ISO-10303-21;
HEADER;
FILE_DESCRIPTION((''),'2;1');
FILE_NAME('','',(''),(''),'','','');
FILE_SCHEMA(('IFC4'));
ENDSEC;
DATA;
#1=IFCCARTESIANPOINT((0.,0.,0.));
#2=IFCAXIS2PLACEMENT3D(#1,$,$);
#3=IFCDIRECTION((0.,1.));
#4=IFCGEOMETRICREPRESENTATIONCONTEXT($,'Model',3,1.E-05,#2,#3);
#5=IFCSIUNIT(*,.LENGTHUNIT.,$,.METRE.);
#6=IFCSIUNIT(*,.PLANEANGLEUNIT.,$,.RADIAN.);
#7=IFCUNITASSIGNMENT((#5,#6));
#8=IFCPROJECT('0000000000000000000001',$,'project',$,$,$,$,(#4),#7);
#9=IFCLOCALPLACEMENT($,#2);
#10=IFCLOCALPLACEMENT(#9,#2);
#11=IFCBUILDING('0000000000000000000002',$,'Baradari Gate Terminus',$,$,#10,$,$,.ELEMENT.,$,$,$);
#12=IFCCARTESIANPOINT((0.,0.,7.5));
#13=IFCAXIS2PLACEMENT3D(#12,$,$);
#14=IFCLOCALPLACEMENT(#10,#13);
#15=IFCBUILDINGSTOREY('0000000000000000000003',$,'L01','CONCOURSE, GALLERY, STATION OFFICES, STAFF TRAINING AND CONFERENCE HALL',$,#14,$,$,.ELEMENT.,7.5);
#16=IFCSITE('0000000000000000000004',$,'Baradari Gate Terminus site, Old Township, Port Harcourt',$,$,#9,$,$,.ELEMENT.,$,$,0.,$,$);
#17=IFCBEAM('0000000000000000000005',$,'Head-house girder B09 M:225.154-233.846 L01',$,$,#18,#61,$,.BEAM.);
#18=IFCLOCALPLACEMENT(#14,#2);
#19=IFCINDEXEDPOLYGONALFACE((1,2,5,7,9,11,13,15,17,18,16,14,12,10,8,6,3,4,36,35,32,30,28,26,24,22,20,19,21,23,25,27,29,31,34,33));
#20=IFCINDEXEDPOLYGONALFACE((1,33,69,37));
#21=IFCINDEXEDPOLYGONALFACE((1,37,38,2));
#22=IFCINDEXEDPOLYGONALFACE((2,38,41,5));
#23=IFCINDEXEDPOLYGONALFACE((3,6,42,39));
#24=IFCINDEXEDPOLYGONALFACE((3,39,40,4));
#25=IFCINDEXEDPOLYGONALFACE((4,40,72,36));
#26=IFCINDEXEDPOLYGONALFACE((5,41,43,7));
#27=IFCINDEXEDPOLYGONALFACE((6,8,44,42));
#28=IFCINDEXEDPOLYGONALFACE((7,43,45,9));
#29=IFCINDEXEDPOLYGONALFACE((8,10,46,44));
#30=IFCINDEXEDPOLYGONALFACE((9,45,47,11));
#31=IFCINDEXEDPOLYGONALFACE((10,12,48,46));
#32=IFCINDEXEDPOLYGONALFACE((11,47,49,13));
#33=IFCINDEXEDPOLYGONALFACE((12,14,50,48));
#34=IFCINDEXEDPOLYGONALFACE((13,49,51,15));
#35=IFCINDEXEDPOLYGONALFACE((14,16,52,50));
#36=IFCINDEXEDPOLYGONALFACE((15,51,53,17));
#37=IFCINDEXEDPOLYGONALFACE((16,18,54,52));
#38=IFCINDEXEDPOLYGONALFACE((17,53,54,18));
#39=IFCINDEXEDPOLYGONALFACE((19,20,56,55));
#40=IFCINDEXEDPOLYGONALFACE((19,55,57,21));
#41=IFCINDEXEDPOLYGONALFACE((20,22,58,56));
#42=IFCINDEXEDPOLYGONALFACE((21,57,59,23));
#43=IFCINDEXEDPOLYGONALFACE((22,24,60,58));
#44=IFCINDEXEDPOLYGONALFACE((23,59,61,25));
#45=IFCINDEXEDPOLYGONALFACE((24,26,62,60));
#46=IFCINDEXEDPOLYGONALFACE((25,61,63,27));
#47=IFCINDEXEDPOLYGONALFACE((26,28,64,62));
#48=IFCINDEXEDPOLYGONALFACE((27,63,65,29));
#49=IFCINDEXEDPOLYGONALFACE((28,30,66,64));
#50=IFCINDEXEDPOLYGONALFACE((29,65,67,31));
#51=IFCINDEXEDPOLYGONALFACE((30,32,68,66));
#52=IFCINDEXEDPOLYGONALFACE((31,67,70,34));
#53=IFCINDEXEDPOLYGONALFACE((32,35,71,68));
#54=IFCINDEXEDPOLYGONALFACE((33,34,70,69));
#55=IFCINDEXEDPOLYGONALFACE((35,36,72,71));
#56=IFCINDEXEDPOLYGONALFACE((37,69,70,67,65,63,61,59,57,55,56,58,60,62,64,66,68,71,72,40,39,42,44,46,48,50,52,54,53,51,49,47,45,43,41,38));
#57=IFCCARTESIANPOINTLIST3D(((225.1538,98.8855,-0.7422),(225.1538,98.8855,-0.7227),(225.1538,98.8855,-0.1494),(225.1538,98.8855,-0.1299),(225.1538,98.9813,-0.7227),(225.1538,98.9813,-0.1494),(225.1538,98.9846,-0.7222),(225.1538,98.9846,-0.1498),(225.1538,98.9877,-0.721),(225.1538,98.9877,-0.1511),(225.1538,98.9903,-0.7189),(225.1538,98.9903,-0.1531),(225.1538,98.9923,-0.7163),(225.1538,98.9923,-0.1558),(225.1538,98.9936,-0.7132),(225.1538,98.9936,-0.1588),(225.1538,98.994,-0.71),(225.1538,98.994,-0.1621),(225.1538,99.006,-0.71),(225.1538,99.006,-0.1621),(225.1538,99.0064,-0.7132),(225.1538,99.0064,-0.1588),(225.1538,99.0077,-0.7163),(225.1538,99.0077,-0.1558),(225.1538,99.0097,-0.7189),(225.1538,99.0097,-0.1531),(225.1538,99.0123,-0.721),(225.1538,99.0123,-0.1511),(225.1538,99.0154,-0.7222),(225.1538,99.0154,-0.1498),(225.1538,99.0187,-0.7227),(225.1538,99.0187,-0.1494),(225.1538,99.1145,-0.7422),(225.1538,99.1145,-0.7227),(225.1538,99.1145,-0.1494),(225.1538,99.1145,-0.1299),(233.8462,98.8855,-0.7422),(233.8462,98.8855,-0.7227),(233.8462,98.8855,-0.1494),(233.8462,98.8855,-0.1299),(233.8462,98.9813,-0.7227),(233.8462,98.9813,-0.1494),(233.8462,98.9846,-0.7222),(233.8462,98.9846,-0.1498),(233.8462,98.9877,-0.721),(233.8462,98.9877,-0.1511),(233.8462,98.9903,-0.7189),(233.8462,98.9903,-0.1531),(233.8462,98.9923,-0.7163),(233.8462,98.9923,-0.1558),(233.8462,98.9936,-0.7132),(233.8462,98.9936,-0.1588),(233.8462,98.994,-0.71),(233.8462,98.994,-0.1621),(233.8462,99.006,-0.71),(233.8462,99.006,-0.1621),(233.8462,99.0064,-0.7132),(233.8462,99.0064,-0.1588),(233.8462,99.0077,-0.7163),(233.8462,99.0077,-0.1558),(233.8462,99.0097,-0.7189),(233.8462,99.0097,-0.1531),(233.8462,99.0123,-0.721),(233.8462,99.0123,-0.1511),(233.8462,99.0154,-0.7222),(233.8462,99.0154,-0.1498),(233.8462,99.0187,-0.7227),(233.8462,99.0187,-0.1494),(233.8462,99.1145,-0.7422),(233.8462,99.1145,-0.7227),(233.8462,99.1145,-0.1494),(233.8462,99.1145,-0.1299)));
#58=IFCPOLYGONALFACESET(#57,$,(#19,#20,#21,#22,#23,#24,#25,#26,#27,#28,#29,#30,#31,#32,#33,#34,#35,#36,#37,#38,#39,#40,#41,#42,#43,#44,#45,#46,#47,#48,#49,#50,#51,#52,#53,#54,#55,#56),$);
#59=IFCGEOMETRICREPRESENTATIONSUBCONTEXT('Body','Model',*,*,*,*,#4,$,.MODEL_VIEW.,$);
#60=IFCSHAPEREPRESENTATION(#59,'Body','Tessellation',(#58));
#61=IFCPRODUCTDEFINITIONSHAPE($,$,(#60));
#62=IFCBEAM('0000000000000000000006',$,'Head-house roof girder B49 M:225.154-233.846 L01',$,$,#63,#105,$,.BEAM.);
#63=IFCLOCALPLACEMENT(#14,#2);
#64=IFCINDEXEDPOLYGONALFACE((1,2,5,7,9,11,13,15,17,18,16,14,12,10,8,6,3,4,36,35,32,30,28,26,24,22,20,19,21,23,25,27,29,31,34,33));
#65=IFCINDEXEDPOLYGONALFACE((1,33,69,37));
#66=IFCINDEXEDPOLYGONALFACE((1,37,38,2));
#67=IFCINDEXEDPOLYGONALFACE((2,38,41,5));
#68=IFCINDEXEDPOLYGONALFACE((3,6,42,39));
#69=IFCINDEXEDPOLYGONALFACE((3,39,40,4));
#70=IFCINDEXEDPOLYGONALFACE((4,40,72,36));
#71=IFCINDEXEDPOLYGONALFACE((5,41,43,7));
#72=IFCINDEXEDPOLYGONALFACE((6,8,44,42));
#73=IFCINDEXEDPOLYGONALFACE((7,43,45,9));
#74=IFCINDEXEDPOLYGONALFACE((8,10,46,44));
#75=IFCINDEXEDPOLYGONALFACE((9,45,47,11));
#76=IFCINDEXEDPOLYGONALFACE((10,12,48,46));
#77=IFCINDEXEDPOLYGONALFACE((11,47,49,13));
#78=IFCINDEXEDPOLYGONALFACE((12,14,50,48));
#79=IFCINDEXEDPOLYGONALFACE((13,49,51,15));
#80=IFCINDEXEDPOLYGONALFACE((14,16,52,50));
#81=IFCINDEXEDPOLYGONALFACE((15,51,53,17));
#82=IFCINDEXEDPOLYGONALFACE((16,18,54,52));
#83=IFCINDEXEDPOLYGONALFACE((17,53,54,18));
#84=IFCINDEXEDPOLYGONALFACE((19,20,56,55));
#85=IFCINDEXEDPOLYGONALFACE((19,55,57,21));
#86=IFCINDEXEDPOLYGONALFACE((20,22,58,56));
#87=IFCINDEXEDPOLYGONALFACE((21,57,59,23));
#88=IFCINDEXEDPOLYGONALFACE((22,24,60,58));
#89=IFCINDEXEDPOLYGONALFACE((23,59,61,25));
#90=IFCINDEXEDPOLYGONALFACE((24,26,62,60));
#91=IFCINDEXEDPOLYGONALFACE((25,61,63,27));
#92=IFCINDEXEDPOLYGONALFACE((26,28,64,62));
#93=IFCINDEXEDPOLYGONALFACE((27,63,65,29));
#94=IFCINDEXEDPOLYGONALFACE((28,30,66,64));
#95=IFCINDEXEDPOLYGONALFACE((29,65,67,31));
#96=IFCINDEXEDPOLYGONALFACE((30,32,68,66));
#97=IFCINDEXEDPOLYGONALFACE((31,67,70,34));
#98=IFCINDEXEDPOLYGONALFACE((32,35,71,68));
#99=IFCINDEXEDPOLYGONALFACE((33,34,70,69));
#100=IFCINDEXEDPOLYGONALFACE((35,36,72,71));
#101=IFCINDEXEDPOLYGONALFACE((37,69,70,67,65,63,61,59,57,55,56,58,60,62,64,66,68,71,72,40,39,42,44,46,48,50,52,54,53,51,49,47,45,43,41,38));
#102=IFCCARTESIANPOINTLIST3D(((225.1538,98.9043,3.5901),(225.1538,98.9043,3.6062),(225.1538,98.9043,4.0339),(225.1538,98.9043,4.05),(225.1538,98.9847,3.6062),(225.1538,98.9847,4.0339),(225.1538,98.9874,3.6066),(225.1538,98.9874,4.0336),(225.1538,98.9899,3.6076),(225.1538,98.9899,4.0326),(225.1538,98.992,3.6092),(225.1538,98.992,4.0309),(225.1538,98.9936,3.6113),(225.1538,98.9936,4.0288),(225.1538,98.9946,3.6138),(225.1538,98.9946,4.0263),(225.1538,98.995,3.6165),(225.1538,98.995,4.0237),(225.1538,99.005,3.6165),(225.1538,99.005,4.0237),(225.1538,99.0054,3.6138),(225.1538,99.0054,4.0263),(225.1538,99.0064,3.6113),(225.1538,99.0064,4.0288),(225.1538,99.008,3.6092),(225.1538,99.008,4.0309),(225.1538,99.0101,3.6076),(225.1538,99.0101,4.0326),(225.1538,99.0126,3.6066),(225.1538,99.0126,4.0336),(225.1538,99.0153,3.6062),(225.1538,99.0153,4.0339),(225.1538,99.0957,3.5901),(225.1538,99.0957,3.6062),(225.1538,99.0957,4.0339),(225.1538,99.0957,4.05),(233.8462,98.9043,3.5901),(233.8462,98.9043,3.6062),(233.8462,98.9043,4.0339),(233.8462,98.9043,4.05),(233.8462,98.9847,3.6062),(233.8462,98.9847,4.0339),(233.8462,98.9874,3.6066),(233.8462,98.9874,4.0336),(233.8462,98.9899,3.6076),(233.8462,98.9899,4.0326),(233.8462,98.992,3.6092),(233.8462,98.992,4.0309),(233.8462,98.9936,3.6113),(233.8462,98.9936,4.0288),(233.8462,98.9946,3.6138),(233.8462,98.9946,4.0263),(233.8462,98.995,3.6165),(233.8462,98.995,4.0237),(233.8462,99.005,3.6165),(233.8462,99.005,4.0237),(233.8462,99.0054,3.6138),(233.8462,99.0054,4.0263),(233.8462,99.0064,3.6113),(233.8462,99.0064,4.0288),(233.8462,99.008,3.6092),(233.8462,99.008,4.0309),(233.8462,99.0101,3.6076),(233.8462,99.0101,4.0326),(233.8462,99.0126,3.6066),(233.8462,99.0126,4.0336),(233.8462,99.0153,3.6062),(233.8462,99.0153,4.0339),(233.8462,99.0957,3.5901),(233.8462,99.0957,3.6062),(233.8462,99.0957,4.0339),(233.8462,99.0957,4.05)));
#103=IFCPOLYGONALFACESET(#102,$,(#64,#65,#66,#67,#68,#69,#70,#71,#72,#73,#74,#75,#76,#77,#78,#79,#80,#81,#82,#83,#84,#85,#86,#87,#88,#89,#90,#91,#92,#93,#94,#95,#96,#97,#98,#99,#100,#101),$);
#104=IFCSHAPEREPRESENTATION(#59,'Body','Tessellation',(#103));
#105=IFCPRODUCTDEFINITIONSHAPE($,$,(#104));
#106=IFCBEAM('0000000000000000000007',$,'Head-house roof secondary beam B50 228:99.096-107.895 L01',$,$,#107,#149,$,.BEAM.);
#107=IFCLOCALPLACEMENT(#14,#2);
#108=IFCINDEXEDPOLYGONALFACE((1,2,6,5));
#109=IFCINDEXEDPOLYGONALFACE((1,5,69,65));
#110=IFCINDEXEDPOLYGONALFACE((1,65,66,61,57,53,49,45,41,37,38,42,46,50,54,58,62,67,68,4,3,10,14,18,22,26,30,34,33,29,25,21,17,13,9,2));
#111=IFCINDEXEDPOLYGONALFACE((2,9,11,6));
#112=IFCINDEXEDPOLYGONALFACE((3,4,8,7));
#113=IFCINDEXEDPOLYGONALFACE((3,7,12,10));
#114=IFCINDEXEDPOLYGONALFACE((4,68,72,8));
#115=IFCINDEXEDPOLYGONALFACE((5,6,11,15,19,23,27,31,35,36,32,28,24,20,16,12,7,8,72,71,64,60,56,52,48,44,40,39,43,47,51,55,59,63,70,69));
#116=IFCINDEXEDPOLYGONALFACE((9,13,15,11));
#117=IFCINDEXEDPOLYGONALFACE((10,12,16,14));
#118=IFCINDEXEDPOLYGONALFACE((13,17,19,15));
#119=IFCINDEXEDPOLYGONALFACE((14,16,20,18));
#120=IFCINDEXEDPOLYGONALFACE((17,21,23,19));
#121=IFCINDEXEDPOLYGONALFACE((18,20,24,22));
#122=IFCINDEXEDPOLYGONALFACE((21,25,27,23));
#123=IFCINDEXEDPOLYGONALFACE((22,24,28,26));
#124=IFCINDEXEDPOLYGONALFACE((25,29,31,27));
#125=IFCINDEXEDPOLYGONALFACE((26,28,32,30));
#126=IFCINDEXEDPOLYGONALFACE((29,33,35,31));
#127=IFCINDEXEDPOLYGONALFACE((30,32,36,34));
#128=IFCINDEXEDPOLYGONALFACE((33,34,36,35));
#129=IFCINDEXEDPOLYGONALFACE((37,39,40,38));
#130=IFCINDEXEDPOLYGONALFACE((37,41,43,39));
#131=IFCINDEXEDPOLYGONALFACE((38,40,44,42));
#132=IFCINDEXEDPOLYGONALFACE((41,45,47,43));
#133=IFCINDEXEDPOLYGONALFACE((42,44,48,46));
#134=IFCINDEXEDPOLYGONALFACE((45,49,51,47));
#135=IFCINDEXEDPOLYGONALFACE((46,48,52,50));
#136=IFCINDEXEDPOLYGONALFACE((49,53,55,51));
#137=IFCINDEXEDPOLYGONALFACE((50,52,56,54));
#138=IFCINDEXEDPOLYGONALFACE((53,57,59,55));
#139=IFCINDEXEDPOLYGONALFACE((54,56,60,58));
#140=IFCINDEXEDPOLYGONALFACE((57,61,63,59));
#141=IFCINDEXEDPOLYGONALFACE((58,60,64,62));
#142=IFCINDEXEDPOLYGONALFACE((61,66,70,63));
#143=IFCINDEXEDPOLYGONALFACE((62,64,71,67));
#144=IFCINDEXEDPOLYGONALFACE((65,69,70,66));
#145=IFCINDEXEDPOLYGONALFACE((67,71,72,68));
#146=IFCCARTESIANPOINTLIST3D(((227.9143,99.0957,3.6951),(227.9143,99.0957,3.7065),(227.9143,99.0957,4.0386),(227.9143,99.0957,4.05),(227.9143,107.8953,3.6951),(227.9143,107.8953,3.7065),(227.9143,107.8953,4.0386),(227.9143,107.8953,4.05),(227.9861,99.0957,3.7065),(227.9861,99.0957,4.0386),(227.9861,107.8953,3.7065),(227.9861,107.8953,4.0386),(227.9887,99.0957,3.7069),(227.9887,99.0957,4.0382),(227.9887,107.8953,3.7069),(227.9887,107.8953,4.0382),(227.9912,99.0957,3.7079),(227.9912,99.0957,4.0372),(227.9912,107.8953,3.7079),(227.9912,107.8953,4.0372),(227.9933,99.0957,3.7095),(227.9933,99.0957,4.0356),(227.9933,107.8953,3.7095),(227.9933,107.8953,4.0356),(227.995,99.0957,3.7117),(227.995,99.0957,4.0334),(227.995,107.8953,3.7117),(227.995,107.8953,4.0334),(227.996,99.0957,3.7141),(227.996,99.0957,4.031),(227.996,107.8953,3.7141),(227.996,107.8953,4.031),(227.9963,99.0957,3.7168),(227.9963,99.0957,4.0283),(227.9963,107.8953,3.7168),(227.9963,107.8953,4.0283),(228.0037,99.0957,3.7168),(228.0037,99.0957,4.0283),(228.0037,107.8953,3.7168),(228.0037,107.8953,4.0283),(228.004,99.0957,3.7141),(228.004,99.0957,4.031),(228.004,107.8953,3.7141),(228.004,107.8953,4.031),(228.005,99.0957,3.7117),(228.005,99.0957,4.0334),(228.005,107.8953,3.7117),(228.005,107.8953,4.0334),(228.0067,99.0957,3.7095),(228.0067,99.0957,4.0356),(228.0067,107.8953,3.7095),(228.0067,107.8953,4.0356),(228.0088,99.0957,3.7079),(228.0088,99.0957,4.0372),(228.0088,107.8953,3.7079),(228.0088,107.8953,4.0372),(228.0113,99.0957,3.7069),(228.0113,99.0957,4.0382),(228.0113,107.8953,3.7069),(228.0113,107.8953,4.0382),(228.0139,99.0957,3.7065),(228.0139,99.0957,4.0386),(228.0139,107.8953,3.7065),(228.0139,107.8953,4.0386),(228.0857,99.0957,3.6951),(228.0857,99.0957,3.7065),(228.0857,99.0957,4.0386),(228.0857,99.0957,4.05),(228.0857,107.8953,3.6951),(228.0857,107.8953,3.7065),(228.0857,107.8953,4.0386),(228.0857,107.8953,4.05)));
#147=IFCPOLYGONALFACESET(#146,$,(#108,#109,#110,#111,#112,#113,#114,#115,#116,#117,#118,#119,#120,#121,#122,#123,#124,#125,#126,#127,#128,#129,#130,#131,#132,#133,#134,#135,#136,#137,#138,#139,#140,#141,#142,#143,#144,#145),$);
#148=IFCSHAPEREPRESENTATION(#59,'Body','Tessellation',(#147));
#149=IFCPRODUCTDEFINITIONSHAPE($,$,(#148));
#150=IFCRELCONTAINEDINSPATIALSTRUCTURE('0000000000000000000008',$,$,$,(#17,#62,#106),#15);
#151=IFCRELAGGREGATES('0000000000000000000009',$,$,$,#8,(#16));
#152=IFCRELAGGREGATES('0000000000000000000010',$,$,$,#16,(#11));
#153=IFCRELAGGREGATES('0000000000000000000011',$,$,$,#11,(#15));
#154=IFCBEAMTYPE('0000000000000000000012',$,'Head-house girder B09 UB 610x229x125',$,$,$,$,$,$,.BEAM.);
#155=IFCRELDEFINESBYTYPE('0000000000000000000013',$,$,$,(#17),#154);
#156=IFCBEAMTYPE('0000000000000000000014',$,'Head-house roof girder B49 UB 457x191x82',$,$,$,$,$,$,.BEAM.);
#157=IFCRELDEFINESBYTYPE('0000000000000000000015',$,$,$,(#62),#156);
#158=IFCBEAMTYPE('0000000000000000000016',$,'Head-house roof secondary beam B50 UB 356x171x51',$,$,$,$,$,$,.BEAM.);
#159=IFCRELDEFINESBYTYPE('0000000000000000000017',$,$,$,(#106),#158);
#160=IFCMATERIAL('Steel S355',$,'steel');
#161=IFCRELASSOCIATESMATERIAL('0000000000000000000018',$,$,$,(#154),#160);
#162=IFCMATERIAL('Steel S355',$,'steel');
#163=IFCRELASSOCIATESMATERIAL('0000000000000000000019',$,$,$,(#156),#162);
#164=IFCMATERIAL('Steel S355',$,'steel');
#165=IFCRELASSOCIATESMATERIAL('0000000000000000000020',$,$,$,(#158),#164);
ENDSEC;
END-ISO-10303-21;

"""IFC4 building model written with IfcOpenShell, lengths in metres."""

from ifc_helpers import new_model, si_unit, direction, frame, origin, origin_2d, place, context, subcontext, project, spatial, i_section, extrude, material, material_profile, profile_set, type_object, element, save


model = new_model("IFC4")

# Units and contexts
model_context = context("Model", 3, precision=1e-05, world=origin(), true_north=direction((0.0, 1.0)))
body_context = subcontext(model_context, "Body", "Model", "MODEL_VIEW")
ifc_project = project(units=[si_unit("LENGTHUNIT", "METRE"), si_unit("PLANEANGLEUNIT", "RADIAN")], contexts=[model_context])

# Site, building, storey
site_placement = place(None, origin())
site = spatial("IfcSite", under=ifc_project, at=site_placement, Name="Baradari Gate Terminus site, Old Township, Port Harcourt", CompositionType="ELEMENT", RefElevation=0.0)
building_placement = place(site_placement, origin())
building = spatial("IfcBuilding", under=site, at=building_placement, Name="Baradari Gate Terminus", CompositionType="ELEMENT")
storey_placement = place(building_placement, frame((0.0, 0.0, 7.5)))
storey = spatial("IfcBuildingStorey", under=building, at=storey_placement, Name="L01", Description="CONCOURSE, GALLERY, STATION OFFICES, STAFF TRAINING AND CONFERENCE HALL", CompositionType="ELEMENT", Elevation=7.5)

# Beams
ifc_material_1 = material(Name="Steel S355", Category="steel")
ifc_material_profile_1 = material_profile(ifc_material_1, i_section(OverallWidth=0.229, OverallDepth=0.6123, WebThickness=0.012, FlangeThickness=0.0195, FilletRadius=0.0127, at=origin_2d()), Name="UB 610x229x125")
ifc_profile_set_1 = profile_set([ifc_material_profile_1], Name="Steel S355")
beam_type_1 = type_object("IfcBeamType", Name="Head-house girder B09 UB 610x229x125", PredefinedType="BEAM", material=ifc_profile_set_1)
beam_1_placement = place(storey_placement, frame((225.1538, 99.0, -0.436), z_axis=(1.0, 0.0, 0.0), x_axis=(0.0, 1.0, 0.0)))
element("IfcBeam", 1, at=beam_1_placement, inside=storey, type_object=beam_type_1, Name="Head-house girder B09 M:225.154-233.846 L01", PredefinedType="BEAM", context=body_context, shape_type="SweptSolid", body=[
    extrude(i_section(OverallWidth=0.229, OverallDepth=0.6123, WebThickness=0.012, FlangeThickness=0.0195, FilletRadius=0.0127, at=origin_2d()), origin(), (0.0, 0.0, 1.0), 8.6924),
])
ifc_material_2 = material(Name="Steel S355", Category="steel")
ifc_material_profile_2 = material_profile(ifc_material_2, i_section(OverallWidth=0.1914, OverallDepth=0.46, WebThickness=0.01, FlangeThickness=0.0161, FilletRadius=0.0103, at=origin_2d()), Name="UB 457x191x82")
ifc_profile_set_2 = profile_set([ifc_material_profile_2], Name="Steel S355")
beam_type_2 = type_object("IfcBeamType", Name="Head-house roof girder B49 UB 457x191x82", PredefinedType="BEAM", material=ifc_profile_set_2)
beam_2_placement = place(storey_placement, frame((225.1538, 99.0, 3.8201), z_axis=(1.0, 0.0, 0.0), x_axis=(0.0, 1.0, 0.0)))
element("IfcBeam", 2, at=beam_2_placement, inside=storey, type_object=beam_type_2, Name="Head-house roof girder B49 M:225.154-233.846 L01", PredefinedType="BEAM", context=body_context, shape_type="SweptSolid", body=[
    extrude(i_section(OverallWidth=0.1914, OverallDepth=0.46, WebThickness=0.01, FlangeThickness=0.0161, FilletRadius=0.0103, at=origin_2d()), origin(), (0.0, 0.0, 1.0), 8.6924),
])
ifc_material_3 = material(Name="Steel S355", Category="steel")
ifc_material_profile_3 = material_profile(ifc_material_3, i_section(OverallWidth=0.1714, OverallDepth=0.355, WebThickness=0.0073, FlangeThickness=0.0115, FilletRadius=0.0103, at=origin_2d()), Name="UB 356x171x51")
ifc_profile_set_3 = profile_set([ifc_material_profile_3], Name="Steel S355")
beam_type_3 = type_object("IfcBeamType", Name="Head-house roof secondary beam B50 UB 356x171x51", PredefinedType="BEAM", material=ifc_profile_set_3)
beam_3_placement = place(storey_placement, frame((228.0, 99.0957, 3.8726), z_axis=(0.0, 1.0, 0.0), x_axis=(-1.0, 0.0, 0.0)))
element("IfcBeam", 3, at=beam_3_placement, inside=storey, type_object=beam_type_3, Name="Head-house roof secondary beam B50 228:99.096-107.895 L01", PredefinedType="BEAM", context=body_context, shape_type="SweptSolid", body=[
    extrude(i_section(OverallWidth=0.1714, OverallDepth=0.355, WebThickness=0.0073, FlangeThickness=0.0115, FilletRadius=0.0103, at=origin_2d()), origin(), (0.0, 0.0, 1.0), 8.7996),
])

save(model, "model.ifc")
